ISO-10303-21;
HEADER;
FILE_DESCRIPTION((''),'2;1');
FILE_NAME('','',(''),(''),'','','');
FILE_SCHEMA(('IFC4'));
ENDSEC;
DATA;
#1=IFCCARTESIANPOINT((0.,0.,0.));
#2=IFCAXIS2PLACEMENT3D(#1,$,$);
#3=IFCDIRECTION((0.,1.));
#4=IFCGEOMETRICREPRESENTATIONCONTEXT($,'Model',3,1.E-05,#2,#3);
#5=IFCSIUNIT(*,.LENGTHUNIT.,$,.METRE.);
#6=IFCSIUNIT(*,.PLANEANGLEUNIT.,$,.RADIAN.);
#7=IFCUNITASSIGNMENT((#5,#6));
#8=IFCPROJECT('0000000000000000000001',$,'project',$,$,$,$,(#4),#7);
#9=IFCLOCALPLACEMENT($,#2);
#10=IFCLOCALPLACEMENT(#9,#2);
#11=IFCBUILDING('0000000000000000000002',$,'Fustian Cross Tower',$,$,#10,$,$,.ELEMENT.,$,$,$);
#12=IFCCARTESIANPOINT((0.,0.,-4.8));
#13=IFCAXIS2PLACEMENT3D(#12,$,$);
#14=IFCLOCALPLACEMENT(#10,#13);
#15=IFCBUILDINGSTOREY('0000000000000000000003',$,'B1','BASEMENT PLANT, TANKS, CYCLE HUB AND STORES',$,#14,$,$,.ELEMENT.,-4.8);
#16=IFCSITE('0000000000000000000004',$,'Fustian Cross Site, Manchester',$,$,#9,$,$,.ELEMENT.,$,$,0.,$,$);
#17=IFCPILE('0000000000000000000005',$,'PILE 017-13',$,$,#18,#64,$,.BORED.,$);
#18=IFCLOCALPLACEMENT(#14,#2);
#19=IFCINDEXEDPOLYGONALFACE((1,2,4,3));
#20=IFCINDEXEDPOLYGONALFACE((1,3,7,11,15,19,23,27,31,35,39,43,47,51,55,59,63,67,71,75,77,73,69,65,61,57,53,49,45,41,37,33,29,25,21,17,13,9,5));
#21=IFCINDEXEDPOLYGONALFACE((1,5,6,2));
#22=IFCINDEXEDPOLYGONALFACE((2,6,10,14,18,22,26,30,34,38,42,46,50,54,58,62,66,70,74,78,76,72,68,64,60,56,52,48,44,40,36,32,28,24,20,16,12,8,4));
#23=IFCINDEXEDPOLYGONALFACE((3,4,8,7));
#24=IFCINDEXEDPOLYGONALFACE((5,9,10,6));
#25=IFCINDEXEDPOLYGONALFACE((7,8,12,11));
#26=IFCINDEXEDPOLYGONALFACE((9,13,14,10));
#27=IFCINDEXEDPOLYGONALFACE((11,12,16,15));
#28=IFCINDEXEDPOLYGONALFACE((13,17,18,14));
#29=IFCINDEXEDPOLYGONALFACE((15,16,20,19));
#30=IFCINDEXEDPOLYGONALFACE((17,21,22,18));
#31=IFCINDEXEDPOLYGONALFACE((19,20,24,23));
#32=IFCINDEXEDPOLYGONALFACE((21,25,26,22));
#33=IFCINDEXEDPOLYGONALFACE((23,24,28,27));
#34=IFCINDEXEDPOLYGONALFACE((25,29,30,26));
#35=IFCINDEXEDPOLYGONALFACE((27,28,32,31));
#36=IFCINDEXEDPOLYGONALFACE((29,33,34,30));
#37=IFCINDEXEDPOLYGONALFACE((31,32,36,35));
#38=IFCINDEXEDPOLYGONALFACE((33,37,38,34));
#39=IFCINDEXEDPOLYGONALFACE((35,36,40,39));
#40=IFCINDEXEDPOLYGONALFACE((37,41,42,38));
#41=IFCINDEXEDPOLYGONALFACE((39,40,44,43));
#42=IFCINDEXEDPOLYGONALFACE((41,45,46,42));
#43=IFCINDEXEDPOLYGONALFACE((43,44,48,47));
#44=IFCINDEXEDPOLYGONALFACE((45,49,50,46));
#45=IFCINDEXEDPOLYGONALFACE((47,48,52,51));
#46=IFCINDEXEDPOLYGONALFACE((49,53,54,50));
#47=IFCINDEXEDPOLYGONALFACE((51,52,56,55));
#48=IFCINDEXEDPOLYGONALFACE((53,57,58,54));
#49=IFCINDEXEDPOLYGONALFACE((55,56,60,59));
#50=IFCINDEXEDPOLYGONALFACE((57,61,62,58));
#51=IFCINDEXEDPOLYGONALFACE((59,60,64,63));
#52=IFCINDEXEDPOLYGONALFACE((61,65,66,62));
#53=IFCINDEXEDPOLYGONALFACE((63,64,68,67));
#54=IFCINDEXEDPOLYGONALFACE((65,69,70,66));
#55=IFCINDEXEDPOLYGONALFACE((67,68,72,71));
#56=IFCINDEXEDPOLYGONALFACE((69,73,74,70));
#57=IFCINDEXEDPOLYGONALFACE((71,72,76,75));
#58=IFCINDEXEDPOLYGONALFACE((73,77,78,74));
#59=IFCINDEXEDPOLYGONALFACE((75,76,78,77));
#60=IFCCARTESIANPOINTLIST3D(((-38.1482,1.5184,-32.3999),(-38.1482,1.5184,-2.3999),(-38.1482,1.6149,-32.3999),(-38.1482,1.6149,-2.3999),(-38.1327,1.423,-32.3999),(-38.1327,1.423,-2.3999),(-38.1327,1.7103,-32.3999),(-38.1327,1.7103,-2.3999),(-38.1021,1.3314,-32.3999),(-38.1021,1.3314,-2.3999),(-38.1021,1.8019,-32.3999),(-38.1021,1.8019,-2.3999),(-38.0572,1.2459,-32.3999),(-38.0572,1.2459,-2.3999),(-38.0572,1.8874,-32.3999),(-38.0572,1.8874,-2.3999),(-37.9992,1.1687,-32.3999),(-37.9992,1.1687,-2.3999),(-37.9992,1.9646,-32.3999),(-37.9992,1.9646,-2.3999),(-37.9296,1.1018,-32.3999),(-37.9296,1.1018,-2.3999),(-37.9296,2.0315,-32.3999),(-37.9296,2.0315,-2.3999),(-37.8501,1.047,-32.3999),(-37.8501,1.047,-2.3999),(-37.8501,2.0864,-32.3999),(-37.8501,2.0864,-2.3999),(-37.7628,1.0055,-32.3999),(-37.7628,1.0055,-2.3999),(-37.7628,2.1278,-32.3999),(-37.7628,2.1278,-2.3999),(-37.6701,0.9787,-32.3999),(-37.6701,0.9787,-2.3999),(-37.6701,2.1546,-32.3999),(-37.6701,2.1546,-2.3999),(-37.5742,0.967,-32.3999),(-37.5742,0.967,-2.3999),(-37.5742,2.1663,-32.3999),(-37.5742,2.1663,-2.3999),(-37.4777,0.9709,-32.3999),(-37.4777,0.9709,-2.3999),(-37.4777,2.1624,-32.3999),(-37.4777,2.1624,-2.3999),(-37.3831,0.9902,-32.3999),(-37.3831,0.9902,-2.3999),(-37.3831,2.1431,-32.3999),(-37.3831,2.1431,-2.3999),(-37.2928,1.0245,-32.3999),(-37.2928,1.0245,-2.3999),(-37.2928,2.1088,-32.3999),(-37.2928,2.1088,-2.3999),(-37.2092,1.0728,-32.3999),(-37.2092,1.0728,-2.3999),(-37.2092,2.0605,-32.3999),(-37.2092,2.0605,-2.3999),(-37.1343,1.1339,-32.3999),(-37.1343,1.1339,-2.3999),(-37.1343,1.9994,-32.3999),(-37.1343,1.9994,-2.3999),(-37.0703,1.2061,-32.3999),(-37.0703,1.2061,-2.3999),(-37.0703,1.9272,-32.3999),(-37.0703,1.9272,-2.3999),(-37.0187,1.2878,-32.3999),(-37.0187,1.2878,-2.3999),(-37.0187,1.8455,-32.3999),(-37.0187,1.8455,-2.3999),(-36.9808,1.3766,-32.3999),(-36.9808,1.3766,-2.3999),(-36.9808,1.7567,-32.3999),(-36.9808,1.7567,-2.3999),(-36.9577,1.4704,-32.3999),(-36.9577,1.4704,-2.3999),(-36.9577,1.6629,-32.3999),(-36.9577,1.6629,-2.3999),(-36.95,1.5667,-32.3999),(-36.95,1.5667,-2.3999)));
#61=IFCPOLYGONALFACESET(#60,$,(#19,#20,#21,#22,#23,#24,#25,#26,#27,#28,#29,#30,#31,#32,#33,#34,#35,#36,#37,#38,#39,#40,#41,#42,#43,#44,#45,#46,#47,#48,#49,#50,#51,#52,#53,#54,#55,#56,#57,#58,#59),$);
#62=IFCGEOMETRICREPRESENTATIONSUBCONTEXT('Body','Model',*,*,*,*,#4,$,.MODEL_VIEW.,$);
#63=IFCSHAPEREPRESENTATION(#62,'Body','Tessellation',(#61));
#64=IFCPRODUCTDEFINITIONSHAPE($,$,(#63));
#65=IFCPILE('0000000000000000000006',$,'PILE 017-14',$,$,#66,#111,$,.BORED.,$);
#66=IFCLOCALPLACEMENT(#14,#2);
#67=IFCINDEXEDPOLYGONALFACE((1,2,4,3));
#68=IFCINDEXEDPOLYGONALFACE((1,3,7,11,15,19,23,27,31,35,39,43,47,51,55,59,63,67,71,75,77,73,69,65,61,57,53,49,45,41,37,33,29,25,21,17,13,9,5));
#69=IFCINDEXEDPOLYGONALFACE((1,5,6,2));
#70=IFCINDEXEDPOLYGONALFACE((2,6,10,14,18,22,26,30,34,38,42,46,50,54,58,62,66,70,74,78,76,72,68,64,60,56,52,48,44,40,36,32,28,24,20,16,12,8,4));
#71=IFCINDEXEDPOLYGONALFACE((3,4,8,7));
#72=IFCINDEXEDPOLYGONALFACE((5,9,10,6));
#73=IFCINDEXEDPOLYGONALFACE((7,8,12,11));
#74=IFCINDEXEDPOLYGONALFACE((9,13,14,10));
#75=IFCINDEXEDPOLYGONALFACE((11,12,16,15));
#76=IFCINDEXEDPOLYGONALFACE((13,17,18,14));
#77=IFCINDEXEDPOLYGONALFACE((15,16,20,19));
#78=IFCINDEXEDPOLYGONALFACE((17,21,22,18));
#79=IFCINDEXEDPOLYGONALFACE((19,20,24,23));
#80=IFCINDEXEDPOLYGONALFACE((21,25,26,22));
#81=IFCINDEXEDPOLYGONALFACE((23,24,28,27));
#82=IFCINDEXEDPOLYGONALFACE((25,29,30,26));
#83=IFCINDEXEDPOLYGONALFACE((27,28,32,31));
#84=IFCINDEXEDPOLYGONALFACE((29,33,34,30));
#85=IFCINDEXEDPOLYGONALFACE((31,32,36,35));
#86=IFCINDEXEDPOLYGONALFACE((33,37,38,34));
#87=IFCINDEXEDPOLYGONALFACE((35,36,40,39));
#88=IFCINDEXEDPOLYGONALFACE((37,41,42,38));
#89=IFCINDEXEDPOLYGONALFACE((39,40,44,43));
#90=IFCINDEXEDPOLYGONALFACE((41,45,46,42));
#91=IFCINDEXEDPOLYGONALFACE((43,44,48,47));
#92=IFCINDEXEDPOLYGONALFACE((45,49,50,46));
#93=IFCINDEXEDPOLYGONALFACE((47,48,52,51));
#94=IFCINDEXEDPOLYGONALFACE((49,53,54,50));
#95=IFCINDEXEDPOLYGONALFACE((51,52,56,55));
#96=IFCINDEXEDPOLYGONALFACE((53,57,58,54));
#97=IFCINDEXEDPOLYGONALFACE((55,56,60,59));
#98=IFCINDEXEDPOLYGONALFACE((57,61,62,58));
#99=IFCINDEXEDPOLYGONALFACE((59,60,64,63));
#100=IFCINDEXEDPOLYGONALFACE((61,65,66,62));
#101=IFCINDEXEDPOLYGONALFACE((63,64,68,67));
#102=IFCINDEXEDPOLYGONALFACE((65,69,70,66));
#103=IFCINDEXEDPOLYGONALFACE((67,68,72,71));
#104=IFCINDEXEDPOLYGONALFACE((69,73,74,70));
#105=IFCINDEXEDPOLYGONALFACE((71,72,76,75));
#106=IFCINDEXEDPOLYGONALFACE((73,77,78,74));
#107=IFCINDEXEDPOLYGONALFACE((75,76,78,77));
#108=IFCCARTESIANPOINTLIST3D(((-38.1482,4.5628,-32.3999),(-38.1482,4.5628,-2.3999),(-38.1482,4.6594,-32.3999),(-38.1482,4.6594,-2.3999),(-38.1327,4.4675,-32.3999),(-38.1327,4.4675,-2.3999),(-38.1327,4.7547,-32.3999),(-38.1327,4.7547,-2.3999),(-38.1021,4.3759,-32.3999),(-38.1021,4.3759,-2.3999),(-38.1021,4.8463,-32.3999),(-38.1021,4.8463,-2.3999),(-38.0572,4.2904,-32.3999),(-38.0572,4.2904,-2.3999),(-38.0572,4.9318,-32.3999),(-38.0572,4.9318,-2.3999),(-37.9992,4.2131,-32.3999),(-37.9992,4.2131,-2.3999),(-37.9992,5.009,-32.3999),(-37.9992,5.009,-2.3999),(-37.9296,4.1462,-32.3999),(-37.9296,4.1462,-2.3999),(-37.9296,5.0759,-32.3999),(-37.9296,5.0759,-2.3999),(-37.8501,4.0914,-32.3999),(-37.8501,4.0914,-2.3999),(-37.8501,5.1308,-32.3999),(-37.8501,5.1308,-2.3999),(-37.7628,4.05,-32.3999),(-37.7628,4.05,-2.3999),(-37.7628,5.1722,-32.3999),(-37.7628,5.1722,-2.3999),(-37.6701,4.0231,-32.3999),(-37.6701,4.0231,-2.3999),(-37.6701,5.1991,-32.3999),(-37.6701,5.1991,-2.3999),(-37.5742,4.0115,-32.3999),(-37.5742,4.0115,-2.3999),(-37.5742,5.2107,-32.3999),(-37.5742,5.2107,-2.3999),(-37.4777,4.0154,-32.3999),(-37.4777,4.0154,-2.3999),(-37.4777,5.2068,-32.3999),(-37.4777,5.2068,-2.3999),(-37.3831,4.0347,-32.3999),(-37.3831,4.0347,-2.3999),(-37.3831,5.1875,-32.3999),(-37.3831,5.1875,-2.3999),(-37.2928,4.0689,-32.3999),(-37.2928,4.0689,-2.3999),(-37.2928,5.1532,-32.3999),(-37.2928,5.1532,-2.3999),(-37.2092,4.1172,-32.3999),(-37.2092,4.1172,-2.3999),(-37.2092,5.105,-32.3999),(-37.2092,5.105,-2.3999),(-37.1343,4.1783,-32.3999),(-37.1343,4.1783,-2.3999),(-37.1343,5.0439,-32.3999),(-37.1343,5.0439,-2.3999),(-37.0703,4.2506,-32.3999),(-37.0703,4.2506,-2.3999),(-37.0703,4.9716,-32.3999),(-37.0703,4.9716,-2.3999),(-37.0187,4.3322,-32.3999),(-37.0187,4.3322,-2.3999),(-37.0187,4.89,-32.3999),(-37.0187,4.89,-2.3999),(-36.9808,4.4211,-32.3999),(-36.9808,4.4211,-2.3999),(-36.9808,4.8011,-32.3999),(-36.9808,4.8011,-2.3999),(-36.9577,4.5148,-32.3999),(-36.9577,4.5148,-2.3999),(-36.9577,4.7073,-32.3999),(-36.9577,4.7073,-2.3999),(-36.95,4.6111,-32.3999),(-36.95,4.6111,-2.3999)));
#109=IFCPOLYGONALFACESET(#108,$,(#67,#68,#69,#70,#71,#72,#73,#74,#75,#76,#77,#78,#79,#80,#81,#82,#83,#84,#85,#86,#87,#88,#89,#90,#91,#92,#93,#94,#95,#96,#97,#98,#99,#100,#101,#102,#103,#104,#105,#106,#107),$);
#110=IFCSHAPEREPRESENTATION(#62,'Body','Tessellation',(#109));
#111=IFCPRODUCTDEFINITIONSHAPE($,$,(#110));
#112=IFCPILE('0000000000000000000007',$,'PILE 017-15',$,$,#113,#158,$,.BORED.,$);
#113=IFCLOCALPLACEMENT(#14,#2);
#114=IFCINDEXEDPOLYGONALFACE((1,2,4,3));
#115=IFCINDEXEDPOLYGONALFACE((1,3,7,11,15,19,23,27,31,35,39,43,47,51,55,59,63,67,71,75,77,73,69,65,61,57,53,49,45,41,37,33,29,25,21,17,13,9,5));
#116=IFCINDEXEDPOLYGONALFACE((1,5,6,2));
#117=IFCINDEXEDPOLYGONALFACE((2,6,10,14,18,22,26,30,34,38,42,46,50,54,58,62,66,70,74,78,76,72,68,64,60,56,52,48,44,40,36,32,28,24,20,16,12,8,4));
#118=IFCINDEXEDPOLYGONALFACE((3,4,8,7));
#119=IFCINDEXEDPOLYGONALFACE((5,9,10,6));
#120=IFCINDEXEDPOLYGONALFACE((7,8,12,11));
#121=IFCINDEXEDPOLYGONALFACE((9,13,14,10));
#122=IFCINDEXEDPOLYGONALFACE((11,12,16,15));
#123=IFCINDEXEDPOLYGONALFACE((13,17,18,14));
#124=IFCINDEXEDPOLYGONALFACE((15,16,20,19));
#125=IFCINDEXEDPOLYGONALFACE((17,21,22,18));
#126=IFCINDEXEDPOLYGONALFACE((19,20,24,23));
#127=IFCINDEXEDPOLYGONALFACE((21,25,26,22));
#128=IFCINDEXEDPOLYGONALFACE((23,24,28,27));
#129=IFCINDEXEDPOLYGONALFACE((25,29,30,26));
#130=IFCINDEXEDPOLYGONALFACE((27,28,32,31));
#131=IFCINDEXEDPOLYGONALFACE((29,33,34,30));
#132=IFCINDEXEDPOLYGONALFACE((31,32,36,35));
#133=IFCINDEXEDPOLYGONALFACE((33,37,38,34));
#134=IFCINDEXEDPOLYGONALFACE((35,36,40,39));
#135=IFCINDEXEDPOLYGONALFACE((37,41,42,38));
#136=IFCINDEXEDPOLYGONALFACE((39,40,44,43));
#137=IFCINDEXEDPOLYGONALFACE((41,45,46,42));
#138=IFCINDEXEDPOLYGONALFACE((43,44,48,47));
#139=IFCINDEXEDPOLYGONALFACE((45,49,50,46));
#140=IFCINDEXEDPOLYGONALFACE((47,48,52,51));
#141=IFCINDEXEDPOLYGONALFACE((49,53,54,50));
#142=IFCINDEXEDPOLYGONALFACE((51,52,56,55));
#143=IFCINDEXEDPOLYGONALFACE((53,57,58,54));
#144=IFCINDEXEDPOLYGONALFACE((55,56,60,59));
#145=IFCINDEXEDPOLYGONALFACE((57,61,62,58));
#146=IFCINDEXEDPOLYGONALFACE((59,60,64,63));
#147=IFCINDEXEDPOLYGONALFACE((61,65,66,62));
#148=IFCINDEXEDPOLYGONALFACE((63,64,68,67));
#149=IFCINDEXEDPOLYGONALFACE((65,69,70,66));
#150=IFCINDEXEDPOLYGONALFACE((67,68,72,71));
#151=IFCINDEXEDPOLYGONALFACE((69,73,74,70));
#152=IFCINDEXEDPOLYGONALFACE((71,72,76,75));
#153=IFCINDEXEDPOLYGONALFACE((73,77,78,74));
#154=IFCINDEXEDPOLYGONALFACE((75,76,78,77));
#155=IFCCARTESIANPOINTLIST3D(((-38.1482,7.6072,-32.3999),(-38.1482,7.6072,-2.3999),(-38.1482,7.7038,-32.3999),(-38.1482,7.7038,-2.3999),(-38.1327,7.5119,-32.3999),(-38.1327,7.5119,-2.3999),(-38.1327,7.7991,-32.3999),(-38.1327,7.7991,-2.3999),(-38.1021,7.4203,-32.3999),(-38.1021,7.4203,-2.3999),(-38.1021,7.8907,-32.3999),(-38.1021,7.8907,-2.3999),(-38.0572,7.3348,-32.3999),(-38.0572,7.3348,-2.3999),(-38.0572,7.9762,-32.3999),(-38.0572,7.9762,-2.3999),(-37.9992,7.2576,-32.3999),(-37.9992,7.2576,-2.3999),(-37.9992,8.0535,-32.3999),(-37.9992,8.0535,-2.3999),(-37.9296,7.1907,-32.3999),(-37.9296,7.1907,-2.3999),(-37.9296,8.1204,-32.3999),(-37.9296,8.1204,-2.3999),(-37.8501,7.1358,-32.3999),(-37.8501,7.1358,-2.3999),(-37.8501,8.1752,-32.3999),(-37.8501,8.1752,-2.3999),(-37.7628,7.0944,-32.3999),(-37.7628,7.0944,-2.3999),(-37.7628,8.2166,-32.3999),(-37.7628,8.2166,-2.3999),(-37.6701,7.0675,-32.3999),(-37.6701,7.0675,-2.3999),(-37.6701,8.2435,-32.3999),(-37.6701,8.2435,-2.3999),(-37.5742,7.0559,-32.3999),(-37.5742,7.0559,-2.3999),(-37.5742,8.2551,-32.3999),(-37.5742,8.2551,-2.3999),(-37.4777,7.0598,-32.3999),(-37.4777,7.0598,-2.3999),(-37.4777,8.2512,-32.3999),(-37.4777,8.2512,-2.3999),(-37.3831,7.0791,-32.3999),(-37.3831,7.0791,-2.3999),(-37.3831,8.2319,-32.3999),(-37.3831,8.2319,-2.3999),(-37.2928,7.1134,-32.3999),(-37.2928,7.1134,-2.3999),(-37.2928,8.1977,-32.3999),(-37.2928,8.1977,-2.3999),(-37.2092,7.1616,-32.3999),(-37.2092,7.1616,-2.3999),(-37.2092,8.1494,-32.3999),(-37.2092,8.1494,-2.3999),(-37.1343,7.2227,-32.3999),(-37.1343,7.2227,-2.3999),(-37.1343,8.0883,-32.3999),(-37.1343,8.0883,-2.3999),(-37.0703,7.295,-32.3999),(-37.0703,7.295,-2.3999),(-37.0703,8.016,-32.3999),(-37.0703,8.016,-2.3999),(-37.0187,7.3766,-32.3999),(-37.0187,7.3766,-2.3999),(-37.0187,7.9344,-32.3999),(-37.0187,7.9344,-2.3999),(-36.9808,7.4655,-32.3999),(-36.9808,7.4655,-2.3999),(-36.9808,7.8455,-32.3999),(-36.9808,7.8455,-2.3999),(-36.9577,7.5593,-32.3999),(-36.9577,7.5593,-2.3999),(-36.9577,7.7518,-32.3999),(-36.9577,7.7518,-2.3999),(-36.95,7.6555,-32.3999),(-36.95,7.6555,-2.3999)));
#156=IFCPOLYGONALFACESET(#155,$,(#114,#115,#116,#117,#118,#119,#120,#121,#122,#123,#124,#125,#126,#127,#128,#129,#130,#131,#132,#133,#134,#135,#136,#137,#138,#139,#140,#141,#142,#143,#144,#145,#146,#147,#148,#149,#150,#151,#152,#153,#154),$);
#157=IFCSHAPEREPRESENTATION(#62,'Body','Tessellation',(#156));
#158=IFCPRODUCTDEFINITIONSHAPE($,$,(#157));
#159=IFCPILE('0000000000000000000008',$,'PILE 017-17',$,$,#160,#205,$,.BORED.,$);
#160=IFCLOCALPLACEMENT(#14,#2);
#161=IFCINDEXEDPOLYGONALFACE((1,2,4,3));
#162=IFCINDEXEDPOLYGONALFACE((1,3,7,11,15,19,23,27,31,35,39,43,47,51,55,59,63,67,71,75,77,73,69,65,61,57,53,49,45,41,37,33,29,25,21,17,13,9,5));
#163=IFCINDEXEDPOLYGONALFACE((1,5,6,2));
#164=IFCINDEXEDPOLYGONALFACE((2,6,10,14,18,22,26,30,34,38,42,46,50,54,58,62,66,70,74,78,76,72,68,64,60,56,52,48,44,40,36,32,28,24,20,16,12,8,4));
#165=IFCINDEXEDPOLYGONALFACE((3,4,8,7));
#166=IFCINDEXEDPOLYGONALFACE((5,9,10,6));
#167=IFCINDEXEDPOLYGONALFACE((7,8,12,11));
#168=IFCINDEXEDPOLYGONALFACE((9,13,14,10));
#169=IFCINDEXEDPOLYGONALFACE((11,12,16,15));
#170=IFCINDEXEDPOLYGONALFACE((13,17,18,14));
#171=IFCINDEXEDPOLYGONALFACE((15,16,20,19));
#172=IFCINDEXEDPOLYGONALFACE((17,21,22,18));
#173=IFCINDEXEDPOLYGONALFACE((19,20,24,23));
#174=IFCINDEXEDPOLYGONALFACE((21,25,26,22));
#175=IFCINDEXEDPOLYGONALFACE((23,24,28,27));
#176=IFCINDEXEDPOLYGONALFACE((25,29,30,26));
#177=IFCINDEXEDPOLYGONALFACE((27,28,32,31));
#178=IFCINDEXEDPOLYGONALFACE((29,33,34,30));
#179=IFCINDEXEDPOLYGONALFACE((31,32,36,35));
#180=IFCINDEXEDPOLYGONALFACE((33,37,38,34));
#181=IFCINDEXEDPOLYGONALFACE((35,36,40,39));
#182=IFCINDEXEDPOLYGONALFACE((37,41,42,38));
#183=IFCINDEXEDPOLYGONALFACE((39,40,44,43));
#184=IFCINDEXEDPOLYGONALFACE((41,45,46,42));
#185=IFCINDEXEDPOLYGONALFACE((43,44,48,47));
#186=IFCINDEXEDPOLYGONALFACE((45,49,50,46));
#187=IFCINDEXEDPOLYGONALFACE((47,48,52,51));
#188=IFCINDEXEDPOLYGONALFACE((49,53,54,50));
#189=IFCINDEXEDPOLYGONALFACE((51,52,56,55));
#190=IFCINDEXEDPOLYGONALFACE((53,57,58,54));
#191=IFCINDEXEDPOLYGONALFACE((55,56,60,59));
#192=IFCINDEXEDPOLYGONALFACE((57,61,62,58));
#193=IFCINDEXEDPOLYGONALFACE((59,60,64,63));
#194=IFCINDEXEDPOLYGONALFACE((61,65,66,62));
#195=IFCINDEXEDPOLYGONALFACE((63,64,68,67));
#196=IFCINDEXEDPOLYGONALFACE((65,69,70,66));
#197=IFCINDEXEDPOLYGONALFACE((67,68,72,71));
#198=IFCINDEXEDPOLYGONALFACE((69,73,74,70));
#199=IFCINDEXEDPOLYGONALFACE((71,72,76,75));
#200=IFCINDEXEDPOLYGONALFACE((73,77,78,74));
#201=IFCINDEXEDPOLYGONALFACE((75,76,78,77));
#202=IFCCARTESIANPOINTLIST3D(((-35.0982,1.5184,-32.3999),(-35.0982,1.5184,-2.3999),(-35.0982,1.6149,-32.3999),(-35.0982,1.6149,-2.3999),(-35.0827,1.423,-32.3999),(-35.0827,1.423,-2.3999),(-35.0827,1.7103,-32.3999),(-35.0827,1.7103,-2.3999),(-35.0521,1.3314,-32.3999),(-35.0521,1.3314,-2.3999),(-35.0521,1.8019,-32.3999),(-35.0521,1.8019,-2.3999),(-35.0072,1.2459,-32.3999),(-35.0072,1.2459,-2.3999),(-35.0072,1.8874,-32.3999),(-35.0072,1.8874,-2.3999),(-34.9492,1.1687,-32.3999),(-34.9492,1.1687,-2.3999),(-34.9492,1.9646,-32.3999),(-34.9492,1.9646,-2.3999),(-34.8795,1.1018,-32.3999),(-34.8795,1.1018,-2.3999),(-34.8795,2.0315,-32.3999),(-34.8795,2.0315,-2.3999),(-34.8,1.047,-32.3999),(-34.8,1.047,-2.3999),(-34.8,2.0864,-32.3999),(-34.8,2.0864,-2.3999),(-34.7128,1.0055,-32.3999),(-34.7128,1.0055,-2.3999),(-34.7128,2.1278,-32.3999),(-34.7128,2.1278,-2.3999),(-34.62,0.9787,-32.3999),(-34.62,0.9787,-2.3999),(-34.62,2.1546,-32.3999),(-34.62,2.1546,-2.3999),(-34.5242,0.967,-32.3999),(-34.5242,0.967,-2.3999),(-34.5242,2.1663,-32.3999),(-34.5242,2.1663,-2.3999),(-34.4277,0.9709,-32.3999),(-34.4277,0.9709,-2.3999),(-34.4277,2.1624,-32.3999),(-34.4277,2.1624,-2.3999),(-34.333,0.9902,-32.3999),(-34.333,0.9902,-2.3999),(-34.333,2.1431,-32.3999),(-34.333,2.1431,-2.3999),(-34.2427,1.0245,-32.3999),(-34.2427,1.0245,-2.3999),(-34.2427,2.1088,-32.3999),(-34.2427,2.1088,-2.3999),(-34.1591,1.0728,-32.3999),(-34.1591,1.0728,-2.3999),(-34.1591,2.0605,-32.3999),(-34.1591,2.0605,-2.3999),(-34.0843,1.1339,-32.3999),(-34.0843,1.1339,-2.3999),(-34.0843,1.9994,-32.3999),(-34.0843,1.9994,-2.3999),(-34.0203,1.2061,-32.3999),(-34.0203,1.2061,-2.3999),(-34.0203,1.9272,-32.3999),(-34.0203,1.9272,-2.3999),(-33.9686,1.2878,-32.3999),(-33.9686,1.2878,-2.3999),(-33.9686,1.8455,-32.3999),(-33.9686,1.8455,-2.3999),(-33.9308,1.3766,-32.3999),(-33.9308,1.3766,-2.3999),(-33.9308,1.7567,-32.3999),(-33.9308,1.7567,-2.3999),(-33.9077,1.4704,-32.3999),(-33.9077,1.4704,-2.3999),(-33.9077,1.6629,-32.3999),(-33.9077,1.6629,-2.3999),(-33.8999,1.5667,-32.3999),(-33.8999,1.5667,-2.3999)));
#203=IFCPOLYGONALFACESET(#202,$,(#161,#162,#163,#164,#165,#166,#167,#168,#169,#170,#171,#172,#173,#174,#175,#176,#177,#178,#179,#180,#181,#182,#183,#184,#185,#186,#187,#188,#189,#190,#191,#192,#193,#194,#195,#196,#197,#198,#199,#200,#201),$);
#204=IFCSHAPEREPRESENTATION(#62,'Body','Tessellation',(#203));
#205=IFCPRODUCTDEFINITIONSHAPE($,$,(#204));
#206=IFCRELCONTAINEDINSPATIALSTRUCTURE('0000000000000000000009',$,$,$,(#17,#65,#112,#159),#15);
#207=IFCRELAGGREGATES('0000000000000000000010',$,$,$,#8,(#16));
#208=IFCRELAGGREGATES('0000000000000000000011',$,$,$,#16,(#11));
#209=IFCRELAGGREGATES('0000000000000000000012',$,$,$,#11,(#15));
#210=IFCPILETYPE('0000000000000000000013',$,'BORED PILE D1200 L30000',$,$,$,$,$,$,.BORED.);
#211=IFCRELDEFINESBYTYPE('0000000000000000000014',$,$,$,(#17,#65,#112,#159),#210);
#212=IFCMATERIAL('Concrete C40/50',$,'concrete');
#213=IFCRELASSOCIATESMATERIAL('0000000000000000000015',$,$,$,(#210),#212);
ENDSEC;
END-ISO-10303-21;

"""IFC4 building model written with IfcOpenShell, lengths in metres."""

from ifc_helpers import new_model, si_unit, direction, frame, origin, origin_2d, place, context, subcontext, project, spatial, circle, extrude, material, material_profile, profile_set, type_object, element, save


model = new_model("IFC4")

# Units and contexts
model_context = context("Model", 3, precision=1e-05, world=origin(), true_north=direction((0.0, 1.0)))
body_context = subcontext(model_context, "Body", "Model", "MODEL_VIEW")
ifc_project = project(units=[si_unit("LENGTHUNIT", "METRE"), si_unit("PLANEANGLEUNIT", "RADIAN")], contexts=[model_context])

# Site, building, storey
site_placement = place(None, origin())
site = spatial("IfcSite", under=ifc_project, at=site_placement, Name="Fustian Cross Site, Manchester", CompositionType="ELEMENT", RefElevation=0.0)
building_placement = place(site_placement, origin())
building = spatial("IfcBuilding", under=site, at=building_placement, Name="Fustian Cross Tower", CompositionType="ELEMENT")
storey_placement = place(building_placement, frame((0.0, 0.0, -4.8)))
storey = spatial("IfcBuildingStorey", under=building, at=storey_placement, Name="B1", Description="BASEMENT PLANT, TANKS, CYCLE HUB AND STORES", CompositionType="ELEMENT", Elevation=-4.8)

# Piles
ifc_material_1 = material(Name="Concrete C40/50", Category="concrete")
ifc_material_profile_1 = material_profile(ifc_material_1, circle(Radius=0.6001, at=origin_2d()), Name="BORED PILE D1200 L30000")
ifc_profile_set_1 = profile_set([ifc_material_profile_1], Name="Concrete C40/50")
pile_type_1 = type_object("IfcPileType", Name="BORED PILE D1200 L30000", PredefinedType="BORED", material=ifc_profile_set_1)
for number, where, z_axis, x_axis, name in (
    (1, (-37.55, 1.5667, -2.3999), (0.0, 0.0, -1.0), (1.0, 0.0, 0.0), "PILE 017-13"),
    (2, (-37.55, 4.6111, -2.3999), (0.0, 0.0, -1.0), (1.0, 0.0, 0.0), "PILE 017-14"),
    (3, (-37.55, 7.6555, -2.3999), (0.0, 0.0, -1.0), (1.0, 0.0, 0.0), "PILE 017-15"),
    (4, (-34.5, 1.5667, -2.3999), (0.0, 0.0, -1.0), (1.0, 0.0, 0.0), "PILE 017-17"),
):
    element("IfcPile", number, at=place(storey_placement, frame(where, z_axis=z_axis, x_axis=x_axis)), inside=storey, type_object=pile_type_1, Name=name, PredefinedType="BORED", context=body_context, shape_type="SweptSolid", body=[
        extrude(circle(Radius=0.6001, at=origin_2d()), origin(), (0.0, 0.0, 1.0), 30.0),
    ])

save(model, "model.ifc")
